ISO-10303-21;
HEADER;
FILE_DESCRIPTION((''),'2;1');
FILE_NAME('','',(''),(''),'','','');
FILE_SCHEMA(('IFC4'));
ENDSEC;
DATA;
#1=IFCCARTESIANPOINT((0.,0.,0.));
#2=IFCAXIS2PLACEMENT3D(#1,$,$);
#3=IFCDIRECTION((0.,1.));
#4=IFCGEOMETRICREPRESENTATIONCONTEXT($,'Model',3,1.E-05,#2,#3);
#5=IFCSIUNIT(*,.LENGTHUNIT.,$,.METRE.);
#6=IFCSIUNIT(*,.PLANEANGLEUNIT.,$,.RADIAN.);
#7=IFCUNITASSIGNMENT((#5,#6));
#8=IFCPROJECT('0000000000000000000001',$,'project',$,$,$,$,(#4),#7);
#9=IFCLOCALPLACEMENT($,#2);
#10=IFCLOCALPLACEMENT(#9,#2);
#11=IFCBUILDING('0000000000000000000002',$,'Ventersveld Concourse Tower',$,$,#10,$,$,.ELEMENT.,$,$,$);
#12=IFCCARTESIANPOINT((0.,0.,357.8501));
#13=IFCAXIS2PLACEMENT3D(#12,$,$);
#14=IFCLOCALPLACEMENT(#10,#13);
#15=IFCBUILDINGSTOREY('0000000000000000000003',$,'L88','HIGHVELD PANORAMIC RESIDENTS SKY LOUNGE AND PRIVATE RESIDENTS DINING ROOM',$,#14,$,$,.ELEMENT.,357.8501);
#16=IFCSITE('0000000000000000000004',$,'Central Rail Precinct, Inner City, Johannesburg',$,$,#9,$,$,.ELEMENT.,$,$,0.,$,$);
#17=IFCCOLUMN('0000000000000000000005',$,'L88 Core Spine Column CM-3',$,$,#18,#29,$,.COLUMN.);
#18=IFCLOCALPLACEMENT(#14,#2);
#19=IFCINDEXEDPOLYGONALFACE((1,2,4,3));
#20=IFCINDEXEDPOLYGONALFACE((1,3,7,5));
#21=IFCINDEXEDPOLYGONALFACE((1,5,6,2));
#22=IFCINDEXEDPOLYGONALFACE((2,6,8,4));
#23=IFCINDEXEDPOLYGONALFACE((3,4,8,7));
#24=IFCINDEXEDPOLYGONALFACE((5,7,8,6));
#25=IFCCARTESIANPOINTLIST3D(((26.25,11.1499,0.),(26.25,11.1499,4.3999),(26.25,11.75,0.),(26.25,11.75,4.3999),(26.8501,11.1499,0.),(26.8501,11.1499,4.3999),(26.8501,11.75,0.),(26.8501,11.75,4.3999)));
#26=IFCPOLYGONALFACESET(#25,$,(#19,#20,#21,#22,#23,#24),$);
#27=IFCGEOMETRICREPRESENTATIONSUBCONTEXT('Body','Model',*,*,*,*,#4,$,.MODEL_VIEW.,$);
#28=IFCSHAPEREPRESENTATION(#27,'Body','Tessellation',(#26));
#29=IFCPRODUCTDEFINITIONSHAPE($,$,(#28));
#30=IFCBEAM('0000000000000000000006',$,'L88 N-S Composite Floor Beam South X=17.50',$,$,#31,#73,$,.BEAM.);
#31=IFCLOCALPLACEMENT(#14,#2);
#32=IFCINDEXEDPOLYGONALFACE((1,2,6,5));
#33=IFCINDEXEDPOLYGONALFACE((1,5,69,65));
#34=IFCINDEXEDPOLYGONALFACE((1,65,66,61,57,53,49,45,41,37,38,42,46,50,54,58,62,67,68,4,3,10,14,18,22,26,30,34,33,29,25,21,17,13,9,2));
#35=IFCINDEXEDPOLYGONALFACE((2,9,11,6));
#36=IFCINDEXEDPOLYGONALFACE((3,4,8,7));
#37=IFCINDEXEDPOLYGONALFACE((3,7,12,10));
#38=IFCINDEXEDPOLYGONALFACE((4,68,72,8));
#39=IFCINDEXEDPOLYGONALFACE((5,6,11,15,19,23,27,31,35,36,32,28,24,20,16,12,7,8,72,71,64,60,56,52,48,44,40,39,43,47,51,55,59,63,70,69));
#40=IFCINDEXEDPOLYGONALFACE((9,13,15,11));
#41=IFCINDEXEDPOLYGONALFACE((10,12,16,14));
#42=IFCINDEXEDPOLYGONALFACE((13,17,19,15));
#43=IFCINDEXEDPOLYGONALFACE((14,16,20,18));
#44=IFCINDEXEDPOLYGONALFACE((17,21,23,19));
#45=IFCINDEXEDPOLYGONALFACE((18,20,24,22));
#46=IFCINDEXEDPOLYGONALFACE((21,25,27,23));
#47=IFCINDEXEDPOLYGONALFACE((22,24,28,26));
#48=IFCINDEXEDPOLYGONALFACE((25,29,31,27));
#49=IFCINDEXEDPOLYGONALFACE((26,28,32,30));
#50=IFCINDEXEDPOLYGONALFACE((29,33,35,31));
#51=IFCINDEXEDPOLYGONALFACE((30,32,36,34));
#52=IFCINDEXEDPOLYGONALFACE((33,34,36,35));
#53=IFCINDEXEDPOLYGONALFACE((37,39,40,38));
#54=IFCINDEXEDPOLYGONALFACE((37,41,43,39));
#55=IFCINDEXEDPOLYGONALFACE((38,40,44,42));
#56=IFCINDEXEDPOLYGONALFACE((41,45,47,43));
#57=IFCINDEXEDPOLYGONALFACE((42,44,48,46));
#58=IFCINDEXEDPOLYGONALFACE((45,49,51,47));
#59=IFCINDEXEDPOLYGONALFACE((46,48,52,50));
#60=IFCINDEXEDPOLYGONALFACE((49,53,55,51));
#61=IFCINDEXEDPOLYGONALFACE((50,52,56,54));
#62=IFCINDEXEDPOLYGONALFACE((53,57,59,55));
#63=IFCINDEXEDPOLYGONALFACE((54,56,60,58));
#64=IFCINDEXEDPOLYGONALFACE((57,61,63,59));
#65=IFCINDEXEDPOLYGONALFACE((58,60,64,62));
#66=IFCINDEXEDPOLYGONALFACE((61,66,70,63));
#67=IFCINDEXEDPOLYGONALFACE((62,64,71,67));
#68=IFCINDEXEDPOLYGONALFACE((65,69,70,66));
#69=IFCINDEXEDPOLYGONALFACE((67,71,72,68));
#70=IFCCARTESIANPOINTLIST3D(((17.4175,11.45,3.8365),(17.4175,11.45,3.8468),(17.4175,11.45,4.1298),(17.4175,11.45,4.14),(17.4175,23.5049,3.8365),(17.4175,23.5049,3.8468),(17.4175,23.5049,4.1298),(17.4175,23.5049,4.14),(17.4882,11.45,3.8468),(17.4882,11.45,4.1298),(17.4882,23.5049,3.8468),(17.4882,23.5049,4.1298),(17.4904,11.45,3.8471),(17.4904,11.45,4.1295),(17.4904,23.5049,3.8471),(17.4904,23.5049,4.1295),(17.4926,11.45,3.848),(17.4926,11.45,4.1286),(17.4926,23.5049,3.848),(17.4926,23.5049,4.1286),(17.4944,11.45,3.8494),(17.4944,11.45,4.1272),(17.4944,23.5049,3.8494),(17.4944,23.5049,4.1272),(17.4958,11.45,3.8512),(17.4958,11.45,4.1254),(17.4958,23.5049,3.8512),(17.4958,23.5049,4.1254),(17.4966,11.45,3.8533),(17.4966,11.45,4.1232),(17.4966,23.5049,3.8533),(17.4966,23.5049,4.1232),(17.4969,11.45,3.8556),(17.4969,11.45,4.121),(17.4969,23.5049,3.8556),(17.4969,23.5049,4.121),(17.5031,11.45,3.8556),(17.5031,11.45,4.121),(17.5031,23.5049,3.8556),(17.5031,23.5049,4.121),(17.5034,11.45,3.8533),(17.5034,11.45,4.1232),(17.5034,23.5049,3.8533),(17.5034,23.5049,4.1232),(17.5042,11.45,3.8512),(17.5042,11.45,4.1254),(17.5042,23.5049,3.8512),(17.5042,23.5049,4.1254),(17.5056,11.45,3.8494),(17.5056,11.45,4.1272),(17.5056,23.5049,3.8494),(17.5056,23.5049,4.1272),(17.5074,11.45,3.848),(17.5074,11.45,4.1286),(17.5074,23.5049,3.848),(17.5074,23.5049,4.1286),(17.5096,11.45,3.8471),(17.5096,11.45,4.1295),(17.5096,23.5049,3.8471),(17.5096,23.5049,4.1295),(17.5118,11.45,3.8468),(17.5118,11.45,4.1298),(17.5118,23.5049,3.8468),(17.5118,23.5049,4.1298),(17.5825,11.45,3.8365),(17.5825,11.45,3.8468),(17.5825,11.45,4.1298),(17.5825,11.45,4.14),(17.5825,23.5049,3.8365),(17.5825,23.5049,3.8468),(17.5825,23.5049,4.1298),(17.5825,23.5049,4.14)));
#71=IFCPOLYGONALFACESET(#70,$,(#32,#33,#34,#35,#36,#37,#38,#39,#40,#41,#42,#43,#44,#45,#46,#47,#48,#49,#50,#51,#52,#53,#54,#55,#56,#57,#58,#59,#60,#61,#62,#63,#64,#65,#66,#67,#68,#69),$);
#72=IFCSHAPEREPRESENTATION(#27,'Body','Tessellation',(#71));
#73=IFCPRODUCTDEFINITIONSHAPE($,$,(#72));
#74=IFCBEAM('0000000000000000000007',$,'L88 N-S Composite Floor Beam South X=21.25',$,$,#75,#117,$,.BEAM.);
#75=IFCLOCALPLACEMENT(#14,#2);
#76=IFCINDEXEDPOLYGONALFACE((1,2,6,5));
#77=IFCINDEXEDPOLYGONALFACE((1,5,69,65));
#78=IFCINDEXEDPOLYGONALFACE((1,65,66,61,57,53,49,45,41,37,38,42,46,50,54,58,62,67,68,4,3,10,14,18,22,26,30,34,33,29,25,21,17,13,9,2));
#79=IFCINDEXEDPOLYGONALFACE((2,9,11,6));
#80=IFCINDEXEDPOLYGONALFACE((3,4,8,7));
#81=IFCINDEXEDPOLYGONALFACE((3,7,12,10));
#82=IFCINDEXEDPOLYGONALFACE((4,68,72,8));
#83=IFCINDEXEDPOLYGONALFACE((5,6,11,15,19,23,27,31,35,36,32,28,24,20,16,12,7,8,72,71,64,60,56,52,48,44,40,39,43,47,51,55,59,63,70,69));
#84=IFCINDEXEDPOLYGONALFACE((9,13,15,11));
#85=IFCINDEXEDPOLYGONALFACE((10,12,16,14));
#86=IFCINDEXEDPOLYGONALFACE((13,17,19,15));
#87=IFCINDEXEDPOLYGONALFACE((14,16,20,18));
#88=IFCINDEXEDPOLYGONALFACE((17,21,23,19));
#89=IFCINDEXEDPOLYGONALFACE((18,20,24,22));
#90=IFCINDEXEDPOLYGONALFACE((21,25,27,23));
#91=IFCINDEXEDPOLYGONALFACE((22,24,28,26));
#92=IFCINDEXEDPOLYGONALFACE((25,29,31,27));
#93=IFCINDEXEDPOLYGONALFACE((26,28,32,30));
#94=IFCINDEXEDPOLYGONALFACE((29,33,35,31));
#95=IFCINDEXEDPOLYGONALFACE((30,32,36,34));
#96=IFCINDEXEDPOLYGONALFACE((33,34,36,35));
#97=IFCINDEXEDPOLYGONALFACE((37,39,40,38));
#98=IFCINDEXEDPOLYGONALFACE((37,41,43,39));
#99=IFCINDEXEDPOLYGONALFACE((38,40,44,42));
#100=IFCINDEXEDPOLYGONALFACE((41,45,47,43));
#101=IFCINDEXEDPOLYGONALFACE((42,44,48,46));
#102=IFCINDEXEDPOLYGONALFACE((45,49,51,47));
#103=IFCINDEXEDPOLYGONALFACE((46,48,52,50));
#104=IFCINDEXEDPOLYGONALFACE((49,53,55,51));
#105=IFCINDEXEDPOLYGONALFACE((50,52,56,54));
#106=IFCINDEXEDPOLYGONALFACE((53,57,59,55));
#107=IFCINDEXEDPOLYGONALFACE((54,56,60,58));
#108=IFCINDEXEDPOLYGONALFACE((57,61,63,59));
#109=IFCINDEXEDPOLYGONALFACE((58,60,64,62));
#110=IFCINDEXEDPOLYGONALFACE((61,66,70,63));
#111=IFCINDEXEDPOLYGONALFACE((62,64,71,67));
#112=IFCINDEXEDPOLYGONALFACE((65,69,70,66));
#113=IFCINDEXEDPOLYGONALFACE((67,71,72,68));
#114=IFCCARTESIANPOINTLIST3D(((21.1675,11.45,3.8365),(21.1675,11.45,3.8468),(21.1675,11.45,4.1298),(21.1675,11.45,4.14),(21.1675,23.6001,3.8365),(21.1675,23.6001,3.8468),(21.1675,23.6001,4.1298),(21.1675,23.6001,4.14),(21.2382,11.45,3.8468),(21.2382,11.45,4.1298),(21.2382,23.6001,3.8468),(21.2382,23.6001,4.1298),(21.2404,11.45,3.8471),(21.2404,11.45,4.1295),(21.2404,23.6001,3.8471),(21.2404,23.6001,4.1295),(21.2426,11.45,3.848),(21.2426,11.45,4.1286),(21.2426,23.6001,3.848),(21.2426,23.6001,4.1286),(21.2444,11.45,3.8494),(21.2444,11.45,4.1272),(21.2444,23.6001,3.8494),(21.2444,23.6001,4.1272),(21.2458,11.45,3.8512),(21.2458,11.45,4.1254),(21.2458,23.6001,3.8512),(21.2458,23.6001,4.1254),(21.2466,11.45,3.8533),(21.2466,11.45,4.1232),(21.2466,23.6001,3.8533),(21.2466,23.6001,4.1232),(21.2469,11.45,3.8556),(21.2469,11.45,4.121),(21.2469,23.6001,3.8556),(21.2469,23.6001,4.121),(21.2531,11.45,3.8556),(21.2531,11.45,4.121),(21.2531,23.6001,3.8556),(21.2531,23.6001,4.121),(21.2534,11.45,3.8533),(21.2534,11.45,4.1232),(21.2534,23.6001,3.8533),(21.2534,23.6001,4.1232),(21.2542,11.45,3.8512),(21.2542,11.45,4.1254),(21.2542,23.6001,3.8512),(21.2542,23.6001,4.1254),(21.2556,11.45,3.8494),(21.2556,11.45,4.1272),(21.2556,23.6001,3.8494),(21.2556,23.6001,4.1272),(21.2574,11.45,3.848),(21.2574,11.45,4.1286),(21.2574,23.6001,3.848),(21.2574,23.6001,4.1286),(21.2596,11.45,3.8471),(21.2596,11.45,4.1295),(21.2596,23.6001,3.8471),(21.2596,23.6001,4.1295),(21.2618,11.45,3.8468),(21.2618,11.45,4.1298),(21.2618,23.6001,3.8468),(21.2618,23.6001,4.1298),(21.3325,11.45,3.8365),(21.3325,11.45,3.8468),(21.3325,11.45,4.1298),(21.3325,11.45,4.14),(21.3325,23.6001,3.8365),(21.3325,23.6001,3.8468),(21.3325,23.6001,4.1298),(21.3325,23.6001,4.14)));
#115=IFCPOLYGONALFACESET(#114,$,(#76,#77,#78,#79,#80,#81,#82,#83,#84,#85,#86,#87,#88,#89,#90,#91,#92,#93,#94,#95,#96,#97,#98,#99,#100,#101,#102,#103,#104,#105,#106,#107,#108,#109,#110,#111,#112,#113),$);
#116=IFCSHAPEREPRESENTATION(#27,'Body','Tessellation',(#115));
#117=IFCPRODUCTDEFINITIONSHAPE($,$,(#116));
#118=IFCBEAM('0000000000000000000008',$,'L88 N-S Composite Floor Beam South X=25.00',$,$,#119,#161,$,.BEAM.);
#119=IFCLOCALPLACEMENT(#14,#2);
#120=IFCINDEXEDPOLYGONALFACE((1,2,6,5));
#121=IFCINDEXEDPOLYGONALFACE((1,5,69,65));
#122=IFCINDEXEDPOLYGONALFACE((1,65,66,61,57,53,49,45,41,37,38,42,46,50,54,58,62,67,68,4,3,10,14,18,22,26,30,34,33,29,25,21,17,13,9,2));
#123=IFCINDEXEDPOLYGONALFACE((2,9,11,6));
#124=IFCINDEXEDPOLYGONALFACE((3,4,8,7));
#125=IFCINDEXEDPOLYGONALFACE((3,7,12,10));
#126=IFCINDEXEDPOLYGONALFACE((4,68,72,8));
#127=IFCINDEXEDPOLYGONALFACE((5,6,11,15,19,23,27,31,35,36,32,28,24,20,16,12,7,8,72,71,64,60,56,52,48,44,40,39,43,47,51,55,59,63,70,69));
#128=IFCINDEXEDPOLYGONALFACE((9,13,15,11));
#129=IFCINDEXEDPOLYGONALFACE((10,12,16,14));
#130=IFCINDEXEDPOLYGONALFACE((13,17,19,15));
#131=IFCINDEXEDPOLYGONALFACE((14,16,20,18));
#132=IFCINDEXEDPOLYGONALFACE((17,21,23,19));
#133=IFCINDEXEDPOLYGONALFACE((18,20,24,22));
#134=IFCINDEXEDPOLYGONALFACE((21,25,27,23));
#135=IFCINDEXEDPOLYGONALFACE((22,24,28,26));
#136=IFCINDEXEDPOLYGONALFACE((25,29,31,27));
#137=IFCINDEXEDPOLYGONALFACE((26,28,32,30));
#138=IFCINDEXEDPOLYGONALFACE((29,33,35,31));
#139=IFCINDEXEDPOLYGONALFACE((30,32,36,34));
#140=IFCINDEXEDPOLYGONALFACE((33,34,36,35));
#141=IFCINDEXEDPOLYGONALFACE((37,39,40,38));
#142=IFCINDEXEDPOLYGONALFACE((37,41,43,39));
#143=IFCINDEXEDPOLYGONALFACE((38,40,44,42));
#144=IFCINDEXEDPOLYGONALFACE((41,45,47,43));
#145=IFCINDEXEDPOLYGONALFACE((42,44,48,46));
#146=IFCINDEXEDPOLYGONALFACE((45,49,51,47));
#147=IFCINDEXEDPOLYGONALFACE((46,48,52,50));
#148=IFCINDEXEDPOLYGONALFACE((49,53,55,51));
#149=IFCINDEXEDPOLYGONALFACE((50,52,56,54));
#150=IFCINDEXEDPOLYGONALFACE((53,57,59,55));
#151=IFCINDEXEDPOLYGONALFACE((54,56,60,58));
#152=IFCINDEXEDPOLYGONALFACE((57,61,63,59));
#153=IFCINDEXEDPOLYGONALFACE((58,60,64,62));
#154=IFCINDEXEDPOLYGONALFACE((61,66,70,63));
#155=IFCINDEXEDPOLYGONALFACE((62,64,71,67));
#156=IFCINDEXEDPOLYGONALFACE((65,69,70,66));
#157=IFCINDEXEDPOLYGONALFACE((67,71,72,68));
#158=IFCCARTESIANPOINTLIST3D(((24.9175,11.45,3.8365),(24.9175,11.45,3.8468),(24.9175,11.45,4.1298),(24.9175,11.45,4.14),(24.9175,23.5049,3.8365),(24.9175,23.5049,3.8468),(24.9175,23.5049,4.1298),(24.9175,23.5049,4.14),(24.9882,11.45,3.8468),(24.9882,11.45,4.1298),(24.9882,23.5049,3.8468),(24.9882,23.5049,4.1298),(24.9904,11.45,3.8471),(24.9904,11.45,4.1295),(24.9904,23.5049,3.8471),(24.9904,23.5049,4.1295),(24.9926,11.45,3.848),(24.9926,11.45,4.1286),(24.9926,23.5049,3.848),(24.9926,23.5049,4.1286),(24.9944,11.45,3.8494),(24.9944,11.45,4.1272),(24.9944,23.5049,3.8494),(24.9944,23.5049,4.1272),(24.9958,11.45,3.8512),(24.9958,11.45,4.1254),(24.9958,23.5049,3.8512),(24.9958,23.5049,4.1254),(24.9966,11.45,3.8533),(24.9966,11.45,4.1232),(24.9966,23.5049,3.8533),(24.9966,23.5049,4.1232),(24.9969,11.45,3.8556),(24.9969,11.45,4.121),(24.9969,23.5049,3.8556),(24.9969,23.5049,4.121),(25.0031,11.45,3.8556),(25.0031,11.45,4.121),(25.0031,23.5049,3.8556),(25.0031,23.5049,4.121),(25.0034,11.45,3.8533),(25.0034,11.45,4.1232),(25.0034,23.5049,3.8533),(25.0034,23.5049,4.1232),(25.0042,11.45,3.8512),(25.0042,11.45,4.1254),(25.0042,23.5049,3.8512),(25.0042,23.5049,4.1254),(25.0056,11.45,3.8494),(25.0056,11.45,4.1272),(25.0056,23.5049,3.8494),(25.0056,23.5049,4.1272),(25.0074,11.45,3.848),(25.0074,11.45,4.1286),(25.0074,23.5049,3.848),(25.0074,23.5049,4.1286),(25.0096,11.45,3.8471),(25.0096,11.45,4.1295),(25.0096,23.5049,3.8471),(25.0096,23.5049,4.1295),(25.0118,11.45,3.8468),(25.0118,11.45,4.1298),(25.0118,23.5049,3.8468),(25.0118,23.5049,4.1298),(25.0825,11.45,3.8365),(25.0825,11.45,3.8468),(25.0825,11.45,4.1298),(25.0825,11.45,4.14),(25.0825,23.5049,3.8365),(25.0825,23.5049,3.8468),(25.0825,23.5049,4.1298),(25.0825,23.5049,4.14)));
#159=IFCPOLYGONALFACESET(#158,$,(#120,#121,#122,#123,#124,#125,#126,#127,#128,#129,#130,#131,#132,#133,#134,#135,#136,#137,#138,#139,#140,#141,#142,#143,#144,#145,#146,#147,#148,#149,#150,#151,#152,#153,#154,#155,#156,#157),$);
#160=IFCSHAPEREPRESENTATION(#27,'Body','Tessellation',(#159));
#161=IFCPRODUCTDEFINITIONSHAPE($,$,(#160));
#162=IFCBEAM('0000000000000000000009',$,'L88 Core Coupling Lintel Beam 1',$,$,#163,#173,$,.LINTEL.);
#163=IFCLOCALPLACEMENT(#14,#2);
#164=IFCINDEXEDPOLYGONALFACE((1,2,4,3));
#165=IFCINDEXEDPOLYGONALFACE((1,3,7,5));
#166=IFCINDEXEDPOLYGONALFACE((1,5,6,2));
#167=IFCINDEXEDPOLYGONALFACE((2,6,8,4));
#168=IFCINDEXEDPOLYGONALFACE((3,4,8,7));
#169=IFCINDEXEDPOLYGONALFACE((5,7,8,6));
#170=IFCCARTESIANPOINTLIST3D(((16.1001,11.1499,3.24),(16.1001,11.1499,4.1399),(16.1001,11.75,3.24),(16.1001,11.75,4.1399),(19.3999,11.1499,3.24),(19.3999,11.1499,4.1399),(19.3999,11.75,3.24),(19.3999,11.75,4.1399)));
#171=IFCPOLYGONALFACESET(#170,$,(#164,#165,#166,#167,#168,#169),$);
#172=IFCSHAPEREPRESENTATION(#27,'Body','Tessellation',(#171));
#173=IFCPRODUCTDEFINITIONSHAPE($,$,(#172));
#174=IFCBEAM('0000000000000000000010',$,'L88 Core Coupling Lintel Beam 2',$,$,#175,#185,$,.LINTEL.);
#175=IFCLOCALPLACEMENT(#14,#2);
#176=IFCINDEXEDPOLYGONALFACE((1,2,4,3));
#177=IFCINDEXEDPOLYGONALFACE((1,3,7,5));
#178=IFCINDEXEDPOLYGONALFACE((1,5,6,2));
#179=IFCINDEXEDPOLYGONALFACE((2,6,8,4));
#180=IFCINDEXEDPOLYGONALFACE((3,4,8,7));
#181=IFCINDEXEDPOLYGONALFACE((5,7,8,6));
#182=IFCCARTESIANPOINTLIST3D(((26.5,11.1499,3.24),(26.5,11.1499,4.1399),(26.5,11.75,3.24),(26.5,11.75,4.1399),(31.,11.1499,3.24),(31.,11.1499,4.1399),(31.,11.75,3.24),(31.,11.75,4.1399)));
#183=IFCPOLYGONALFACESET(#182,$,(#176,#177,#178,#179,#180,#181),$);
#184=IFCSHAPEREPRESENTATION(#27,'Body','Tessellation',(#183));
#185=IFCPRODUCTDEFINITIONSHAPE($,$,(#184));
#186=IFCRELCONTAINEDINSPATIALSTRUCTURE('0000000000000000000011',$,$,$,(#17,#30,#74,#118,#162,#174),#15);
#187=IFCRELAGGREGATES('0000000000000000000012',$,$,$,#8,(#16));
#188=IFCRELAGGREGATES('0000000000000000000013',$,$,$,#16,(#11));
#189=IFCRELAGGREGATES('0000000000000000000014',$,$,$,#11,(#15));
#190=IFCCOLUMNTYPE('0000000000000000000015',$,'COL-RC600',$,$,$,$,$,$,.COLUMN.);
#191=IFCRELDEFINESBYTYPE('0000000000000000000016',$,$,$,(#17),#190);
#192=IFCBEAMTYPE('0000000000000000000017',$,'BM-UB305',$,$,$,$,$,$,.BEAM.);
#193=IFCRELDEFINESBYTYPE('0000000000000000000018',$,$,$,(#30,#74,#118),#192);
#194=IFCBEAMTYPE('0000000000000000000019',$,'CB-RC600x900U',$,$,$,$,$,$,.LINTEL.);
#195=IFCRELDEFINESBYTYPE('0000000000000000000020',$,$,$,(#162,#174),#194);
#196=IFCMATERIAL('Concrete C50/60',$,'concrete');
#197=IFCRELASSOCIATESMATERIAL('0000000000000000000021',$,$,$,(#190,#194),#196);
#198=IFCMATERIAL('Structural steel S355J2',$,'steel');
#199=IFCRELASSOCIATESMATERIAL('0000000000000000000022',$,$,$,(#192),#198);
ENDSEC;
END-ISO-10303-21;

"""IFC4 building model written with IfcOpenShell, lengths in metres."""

from ifc_helpers import new_model, si_unit, direction, frame, origin, origin_2d, place, context, subcontext, project, spatial, rectangle, i_section, extrude, material, material_profile, profile_set, type_object, element, save


model = new_model("IFC4")

# Units and contexts
model_context = context("Model", 3, precision=1e-05, world=origin(), true_north=direction((0.0, 1.0)))
body_context = subcontext(model_context, "Body", "Model", "MODEL_VIEW")
ifc_project = project(units=[si_unit("LENGTHUNIT", "METRE"), si_unit("PLANEANGLEUNIT", "RADIAN")], contexts=[model_context])

# Site, building, storey
site_placement = place(None, origin())
site = spatial("IfcSite", under=ifc_project, at=site_placement, Name="Central Rail Precinct, Inner City, Johannesburg", CompositionType="ELEMENT", RefElevation=0.0)
building_placement = place(site_placement, origin())
building = spatial("IfcBuilding", under=site, at=building_placement, Name="Ventersveld Concourse Tower", CompositionType="ELEMENT")
storey_placement = place(building_placement, frame((0.0, 0.0, 357.8501)))
storey = spatial("IfcBuildingStorey", under=building, at=storey_placement, Name="L88", Description="HIGHVELD PANORAMIC RESIDENTS SKY LOUNGE AND PRIVATE RESIDENTS DINING ROOM", CompositionType="ELEMENT", Elevation=357.8501)

# Column
ifc_material_1 = material(Name="Concrete C50/60", Category="concrete")
ifc_material_profile_1 = material_profile(ifc_material_1, rectangle(XDim=0.6001, YDim=0.6001, at=origin_2d()), Name="RC 600x600")
ifc_profile_set_1 = profile_set([ifc_material_profile_1], Name="Concrete C50/60")
column_type = type_object("IfcColumnType", Name="COL-RC600", PredefinedType="COLUMN", material=ifc_profile_set_1)
column_placement = place(storey_placement, frame((26.55, 11.45, 0.0), z_axis=(0.0, 0.0, 1.0), x_axis=(1.0, 0.0, 0.0)))
element("IfcColumn", 1, at=column_placement, inside=storey, type_object=column_type, Name="L88 Core Spine Column CM-3", PredefinedType="COLUMN", context=body_context, shape_type="SweptSolid", body=[
    extrude(rectangle(XDim=0.6001, YDim=0.6001, at=origin_2d()), origin(), (0.0, 0.0, 1.0), 4.3999),
])

# Beams
ifc_material_2 = material(Name="Structural steel S355J2", Category="steel")
ifc_material_profile_2 = material_profile(ifc_material_2, i_section(OverallWidth=0.165, OverallDepth=0.3035, WebThickness=0.0061, FlangeThickness=0.0103, FilletRadius=0.0088, at=origin_2d()), Name="UB 305x165x40")
ifc_profile_set_2 = profile_set([ifc_material_profile_2], Name="Structural steel S355J2")
beam_type_1 = type_object("IfcBeamType", Name="BM-UB305", PredefinedType="BEAM", material=ifc_profile_set_2)
beam_1_placement = place(storey_placement, frame((17.5, 11.45, 3.9883), z_axis=(0.0, 1.0, 0.0), x_axis=(-1.0, 0.0, 0.0)))
element("IfcBeam", 2, at=beam_1_placement, inside=storey, type_object=beam_type_1, Name="L88 N-S Composite Floor Beam South X=17.50", PredefinedType="BEAM", context=body_context, shape_type="SweptSolid", body=[
    extrude(i_section(OverallWidth=0.165, OverallDepth=0.3035, WebThickness=0.0061, FlangeThickness=0.0103, FilletRadius=0.0088, at=origin_2d()), origin(), (0.0, 0.0, 1.0), 12.0549),
])
beam_2_placement = place(storey_placement, frame((21.25, 11.45, 3.9883), z_axis=(0.0, 1.0, 0.0), x_axis=(-1.0, 0.0, 0.0)))
element("IfcBeam", 3, at=beam_2_placement, inside=storey, type_object=beam_type_1, Name="L88 N-S Composite Floor Beam South X=21.25", PredefinedType="BEAM", context=body_context, shape_type="SweptSolid", body=[
    extrude(i_section(OverallWidth=0.165, OverallDepth=0.3035, WebThickness=0.0061, FlangeThickness=0.0103, FilletRadius=0.0088, at=origin_2d()), origin(), (0.0, 0.0, 1.0), 12.1501),
])
beam_3_placement = place(storey_placement, frame((25.0, 11.45, 3.9883), z_axis=(0.0, 1.0, 0.0), x_axis=(-1.0, 0.0, 0.0)))
element("IfcBeam", 4, at=beam_3_placement, inside=storey, type_object=beam_type_1, Name="L88 N-S Composite Floor Beam South X=25.00", PredefinedType="BEAM", context=body_context, shape_type="SweptSolid", body=[
    extrude(i_section(OverallWidth=0.165, OverallDepth=0.3035, WebThickness=0.0061, FlangeThickness=0.0103, FilletRadius=0.0088, at=origin_2d()), origin(), (0.0, 0.0, 1.0), 12.0549),
])
ifc_material_profile_3 = material_profile(ifc_material_1, rectangle(XDim=0.6001, YDim=0.8999, at=origin_2d()), Name="RC 600x900")
ifc_profile_set_3 = profile_set([ifc_material_profile_3], Name="Concrete C50/60")
beam_type_2 = type_object("IfcBeamType", Name="CB-RC600x900U", PredefinedType="LINTEL", material=ifc_profile_set_3)
beam_4_placement = place(storey_placement, frame((16.1001, 11.45, 3.6899), z_axis=(1.0, 0.0, 0.0), x_axis=(0.0, 1.0, 0.0)))
element("IfcBeam", 5, at=beam_4_placement, inside=storey, type_object=beam_type_2, Name="L88 Core Coupling Lintel Beam 1", PredefinedType="LINTEL", context=body_context, shape_type="SweptSolid", body=[
    extrude(rectangle(XDim=0.6001, YDim=0.8999, at=origin_2d()), origin(), (0.0, 0.0, 1.0), 3.2998),
])
beam_5_placement = place(storey_placement, frame((26.5, 11.45, 3.6899), z_axis=(1.0, 0.0, 0.0), x_axis=(0.0, 1.0, 0.0)))
element("IfcBeam", 6, at=beam_5_placement, inside=storey, type_object=beam_type_2, Name="L88 Core Coupling Lintel Beam 2", PredefinedType="LINTEL", context=body_context, shape_type="SweptSolid", body=[
    extrude(rectangle(XDim=0.6001, YDim=0.8999, at=origin_2d()), origin(), (0.0, 0.0, 1.0), 4.5),
])

save(model, "model.ifc")
